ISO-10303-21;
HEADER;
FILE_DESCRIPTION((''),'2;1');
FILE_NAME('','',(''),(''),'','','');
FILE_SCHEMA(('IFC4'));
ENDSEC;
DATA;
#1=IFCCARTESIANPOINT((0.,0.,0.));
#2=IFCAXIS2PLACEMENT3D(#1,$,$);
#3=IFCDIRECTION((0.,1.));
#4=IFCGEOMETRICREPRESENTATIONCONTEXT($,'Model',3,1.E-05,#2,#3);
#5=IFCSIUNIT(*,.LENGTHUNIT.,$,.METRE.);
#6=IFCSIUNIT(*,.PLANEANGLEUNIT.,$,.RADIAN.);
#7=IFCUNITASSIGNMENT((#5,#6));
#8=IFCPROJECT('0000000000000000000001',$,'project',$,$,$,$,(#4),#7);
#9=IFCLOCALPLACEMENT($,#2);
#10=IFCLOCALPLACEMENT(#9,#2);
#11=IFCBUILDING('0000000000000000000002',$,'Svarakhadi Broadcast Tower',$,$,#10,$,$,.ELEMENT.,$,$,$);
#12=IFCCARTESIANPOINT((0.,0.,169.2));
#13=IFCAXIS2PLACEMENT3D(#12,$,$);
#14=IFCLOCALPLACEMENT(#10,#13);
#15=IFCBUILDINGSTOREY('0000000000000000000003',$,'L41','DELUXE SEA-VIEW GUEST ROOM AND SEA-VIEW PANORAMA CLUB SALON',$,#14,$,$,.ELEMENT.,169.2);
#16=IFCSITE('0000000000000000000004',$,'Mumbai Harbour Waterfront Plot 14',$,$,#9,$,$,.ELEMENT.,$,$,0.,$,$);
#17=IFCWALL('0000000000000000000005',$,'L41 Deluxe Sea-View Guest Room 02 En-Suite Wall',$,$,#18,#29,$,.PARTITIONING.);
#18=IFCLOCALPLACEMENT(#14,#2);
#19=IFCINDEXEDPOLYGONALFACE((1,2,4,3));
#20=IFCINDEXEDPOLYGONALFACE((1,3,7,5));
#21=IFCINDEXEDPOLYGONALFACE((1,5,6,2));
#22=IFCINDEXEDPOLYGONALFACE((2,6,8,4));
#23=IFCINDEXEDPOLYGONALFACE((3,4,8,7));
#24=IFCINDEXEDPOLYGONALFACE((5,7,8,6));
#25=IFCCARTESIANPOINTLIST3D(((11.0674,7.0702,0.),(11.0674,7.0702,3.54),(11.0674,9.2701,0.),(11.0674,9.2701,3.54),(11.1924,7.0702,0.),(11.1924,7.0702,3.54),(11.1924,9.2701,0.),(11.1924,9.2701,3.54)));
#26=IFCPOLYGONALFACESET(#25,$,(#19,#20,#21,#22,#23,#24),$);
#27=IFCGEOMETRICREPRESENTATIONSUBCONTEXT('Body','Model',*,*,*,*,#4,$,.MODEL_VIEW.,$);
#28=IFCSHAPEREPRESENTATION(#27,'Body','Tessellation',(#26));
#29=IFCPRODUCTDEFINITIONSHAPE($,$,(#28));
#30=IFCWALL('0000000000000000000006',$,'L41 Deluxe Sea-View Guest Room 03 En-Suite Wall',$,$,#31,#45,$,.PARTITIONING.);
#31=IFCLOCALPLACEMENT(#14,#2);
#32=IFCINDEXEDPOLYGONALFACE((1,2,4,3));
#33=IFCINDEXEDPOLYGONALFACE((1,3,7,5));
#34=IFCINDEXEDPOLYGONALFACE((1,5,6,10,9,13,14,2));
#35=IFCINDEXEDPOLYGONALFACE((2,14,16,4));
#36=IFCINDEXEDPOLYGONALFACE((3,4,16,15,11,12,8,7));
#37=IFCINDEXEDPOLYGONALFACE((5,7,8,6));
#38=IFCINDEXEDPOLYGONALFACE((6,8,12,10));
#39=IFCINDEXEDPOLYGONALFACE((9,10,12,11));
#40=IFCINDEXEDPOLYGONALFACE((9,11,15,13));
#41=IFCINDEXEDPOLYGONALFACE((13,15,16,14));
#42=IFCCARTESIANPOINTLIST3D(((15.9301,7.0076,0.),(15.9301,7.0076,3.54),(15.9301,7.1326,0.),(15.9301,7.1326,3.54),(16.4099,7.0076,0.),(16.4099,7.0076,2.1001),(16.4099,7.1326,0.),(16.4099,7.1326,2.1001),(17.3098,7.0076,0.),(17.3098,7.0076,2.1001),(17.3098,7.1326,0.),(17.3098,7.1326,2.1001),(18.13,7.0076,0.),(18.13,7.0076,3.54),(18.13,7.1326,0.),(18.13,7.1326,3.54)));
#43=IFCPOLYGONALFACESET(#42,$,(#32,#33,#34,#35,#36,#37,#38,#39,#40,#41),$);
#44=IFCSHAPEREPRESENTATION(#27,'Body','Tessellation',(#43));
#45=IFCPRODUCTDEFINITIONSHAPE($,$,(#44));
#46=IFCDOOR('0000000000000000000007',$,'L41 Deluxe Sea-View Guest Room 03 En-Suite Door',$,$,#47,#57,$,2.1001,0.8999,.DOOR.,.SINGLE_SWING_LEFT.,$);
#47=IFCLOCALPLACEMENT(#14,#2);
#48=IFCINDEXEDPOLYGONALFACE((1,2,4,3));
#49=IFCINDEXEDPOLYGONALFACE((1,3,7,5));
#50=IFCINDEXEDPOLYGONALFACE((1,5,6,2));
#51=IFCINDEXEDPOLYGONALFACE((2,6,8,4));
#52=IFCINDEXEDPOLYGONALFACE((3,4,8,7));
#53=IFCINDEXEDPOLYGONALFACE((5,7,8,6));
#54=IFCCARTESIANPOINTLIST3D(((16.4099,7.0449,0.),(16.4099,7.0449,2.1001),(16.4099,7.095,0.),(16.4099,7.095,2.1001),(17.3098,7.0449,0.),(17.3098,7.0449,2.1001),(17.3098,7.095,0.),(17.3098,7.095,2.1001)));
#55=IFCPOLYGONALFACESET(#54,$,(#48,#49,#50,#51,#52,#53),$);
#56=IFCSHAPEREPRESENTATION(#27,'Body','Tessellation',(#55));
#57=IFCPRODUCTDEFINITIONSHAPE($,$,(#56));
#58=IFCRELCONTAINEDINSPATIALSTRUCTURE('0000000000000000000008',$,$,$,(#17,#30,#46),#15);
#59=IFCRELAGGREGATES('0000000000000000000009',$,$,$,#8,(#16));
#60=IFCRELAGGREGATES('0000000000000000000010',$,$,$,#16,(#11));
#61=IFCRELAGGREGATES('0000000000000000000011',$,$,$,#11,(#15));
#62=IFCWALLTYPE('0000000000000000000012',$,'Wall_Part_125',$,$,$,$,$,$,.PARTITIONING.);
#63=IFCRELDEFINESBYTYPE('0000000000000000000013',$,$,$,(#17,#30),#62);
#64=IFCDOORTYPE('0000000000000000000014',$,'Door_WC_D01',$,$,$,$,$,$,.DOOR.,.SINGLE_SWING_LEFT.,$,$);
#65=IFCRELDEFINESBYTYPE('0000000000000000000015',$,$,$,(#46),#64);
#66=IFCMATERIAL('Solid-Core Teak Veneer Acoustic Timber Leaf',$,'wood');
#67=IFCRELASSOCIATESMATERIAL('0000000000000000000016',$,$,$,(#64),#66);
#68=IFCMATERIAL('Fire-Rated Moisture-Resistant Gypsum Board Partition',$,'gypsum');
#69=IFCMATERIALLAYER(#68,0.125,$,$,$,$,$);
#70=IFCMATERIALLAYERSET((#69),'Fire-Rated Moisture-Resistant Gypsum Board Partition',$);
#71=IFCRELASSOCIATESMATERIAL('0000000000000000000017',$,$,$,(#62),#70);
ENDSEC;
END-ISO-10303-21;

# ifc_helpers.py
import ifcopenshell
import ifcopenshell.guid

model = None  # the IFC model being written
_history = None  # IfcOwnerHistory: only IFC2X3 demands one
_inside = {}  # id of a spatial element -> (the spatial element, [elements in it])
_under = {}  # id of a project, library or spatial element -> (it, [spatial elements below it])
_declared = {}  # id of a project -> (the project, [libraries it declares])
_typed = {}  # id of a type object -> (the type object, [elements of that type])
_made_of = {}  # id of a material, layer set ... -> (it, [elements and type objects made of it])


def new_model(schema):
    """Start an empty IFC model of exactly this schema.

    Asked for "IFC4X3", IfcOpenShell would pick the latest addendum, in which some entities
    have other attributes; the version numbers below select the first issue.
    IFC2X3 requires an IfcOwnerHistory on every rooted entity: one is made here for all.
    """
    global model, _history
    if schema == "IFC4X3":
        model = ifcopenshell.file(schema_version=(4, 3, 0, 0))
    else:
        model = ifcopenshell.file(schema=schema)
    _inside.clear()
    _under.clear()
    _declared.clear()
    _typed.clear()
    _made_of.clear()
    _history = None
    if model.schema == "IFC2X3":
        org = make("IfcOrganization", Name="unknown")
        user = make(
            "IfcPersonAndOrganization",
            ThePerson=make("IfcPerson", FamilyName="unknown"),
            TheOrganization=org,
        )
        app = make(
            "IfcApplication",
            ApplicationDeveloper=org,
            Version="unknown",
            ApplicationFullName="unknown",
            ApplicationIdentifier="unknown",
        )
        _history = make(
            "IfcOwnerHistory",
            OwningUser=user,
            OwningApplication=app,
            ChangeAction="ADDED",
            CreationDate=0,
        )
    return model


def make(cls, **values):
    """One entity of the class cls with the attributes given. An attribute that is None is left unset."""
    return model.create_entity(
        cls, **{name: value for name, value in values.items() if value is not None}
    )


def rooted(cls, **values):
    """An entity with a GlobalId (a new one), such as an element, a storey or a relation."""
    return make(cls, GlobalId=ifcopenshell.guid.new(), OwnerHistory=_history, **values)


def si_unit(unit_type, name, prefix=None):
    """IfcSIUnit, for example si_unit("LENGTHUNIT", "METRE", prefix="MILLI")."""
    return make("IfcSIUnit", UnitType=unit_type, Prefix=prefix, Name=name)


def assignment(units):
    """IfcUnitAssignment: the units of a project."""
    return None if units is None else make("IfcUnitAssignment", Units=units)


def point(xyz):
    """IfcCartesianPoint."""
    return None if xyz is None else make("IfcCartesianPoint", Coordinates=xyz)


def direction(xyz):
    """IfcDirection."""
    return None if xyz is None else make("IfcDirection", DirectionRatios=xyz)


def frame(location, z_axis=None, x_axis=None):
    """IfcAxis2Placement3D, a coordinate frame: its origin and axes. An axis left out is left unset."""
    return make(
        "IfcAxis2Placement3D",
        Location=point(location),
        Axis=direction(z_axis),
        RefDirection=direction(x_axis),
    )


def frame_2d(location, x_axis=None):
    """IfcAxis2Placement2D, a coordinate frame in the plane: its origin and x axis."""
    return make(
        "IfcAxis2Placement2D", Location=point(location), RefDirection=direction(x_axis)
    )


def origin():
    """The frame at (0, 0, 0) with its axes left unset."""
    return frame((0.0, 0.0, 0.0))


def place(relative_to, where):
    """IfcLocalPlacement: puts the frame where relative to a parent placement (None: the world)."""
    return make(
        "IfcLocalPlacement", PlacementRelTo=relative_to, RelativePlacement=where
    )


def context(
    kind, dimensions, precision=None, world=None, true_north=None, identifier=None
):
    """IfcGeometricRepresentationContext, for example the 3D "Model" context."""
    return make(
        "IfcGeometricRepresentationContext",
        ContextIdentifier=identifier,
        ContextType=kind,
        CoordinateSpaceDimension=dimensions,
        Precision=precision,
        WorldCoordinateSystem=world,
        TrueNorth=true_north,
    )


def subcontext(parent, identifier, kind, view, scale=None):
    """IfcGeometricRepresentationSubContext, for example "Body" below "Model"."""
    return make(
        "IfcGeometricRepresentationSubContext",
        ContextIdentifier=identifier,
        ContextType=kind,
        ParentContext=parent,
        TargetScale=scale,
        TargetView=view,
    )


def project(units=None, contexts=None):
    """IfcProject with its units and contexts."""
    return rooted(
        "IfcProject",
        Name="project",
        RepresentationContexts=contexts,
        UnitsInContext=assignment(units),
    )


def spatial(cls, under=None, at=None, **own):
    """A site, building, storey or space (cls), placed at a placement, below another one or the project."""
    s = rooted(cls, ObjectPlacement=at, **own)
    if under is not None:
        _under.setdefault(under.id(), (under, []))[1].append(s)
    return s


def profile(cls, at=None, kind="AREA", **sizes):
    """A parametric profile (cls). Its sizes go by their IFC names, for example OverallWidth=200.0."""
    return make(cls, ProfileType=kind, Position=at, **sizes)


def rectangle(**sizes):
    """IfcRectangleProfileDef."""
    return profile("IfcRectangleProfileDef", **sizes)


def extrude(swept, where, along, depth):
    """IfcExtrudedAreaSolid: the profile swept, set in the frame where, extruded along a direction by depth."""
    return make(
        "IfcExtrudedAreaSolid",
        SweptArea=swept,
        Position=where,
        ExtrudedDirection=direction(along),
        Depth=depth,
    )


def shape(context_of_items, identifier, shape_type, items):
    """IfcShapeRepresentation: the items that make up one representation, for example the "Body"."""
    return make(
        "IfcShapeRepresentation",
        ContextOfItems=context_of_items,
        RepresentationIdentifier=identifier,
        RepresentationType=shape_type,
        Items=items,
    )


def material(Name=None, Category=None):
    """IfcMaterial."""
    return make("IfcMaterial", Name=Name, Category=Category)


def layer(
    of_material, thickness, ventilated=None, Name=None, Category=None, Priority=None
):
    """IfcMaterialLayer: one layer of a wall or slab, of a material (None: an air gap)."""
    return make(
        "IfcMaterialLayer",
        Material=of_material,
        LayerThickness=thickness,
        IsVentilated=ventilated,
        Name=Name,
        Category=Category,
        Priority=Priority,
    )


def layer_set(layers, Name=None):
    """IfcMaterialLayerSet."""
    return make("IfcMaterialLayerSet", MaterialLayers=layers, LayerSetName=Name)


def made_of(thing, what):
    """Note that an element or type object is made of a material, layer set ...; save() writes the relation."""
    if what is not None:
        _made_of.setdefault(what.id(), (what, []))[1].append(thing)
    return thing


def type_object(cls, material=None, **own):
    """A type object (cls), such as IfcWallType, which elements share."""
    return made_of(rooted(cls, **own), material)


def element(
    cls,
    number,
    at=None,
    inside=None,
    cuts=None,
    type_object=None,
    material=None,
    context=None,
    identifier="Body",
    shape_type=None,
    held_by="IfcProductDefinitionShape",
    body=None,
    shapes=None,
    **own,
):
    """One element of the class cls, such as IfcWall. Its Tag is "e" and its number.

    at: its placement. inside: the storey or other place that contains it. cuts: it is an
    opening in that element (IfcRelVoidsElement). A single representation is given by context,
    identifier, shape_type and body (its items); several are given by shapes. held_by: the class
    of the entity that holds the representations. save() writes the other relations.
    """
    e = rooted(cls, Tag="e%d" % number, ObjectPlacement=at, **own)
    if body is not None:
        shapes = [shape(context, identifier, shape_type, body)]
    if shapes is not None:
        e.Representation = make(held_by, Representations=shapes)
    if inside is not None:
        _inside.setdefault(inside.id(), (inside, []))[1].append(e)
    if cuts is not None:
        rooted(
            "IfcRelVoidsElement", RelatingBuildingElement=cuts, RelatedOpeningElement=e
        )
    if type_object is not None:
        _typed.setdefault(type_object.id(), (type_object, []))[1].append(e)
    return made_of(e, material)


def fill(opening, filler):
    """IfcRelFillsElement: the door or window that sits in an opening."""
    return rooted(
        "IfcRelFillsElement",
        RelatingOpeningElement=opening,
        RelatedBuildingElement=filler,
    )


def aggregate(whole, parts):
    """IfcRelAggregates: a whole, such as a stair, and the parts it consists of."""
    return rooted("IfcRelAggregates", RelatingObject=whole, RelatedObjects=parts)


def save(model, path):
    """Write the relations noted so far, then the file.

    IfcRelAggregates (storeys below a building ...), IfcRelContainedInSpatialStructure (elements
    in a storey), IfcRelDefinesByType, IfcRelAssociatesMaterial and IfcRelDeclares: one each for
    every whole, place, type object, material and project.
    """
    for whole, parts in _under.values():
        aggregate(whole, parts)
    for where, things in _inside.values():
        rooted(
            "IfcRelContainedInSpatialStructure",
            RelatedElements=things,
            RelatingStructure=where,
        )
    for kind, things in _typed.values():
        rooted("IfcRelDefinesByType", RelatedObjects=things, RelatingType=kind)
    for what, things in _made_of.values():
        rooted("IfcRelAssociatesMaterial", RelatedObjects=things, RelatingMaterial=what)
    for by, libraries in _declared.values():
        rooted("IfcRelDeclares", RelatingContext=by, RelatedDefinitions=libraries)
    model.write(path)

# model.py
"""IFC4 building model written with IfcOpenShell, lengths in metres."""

from ifc_helpers import new_model, si_unit, direction, frame, frame_2d, origin, place, context, subcontext, project, spatial, rectangle, extrude, material, layer, layer_set, type_object, element, fill, save


model = new_model("IFC4")

# Units and contexts
model_context = context("Model", 3, precision=1e-05, world=origin(), true_north=direction((0.0, 1.0)))
body_context = subcontext(model_context, "Body", "Model", "MODEL_VIEW")
ifc_project = project(units=[si_unit("LENGTHUNIT", "METRE"), si_unit("PLANEANGLEUNIT", "RADIAN")], contexts=[model_context])

# Site, building, storey
site_placement = place(None, origin())
site = spatial("IfcSite", under=ifc_project, at=site_placement, Name="Mumbai Harbour Waterfront Plot 14", CompositionType="ELEMENT", RefElevation=0.0)
building_placement = place(site_placement, origin())
building = spatial("IfcBuilding", under=site, at=building_placement, Name="Svarakhadi Broadcast Tower", CompositionType="ELEMENT")
storey_placement = place(building_placement, frame((0.0, 0.0, 169.2)))
storey = spatial("IfcBuildingStorey", under=building, at=storey_placement, Name="L41", Description="DELUXE SEA-VIEW GUEST ROOM AND SEA-VIEW PANORAMA CLUB SALON", CompositionType="ELEMENT", Elevation=169.2)

# Shared definitions
ifc_material_1 = material(Name="Solid-Core Teak Veneer Acoustic Timber Leaf", Category="wood")

# Shared definitions
door_type_1 = type_object("IfcDoorType", Name="Door_WC_D01", OperationType="SINGLE_SWING_LEFT", PredefinedType="DOOR", material=ifc_material_1)

# Shared definitions
ifc_material_2 = material(Name="Fire-Rated Moisture-Resistant Gypsum Board Partition", Category="gypsum")
ifc_layer_1 = layer(ifc_material_2, 0.125)
ifc_layer_set_1 = layer_set([ifc_layer_1], Name="Fire-Rated Moisture-Resistant Gypsum Board Partition")
wall_type_1 = type_object("IfcWallType", Name="Wall_Part_125", PredefinedType="PARTITIONING", material=ifc_layer_set_1)

# Wall
wall_1_placement = place(storey_placement, frame((11.1299, 7.0701, 0.0), z_axis=(0.0, 0.0, 1.0), x_axis=(0.0, 1.0, 0.0)))
element("IfcWall", 1, at=wall_1_placement, inside=storey, type_object=wall_type_1, Name="L41 Deluxe Sea-View Guest Room 02 En-Suite Wall", PredefinedType="PARTITIONING", context=body_context, shape_type="SweptSolid", body=[
    extrude(rectangle(XDim=2.2, YDim=0.125, at=frame_2d((1.1001, 0.0))), origin(), (0.0, 0.0, 1.0), 3.54),
])

# Wall, opening, door
wall_2_placement = place(storey_placement, frame((15.9299, 7.0701, 0.0), z_axis=(0.0, 0.0, 1.0), x_axis=(1.0, 0.0, 0.0)))
wall_2 = element("IfcWall", 2, at=wall_2_placement, inside=storey, type_object=wall_type_1, Name="L41 Deluxe Sea-View Guest Room 03 En-Suite Wall", PredefinedType="PARTITIONING", context=body_context, shape_type="SweptSolid", body=[
    extrude(rectangle(XDim=2.2, YDim=0.125, at=frame_2d((1.1001, 0.0))), origin(), (0.0, 0.0, 1.0), 3.54),
])
opening_1_placement = place(wall_2_placement, frame((0.48, 0.0, 0.0)))
opening_1 = element("IfcOpeningElement", 3, at=opening_1_placement, cuts=wall_2, PredefinedType="OPENING", context=body_context, shape_type="SweptSolid", body=[
    extrude(rectangle(XDim=0.8999, YDim=2.1001, at=frame_2d((0.45, 1.05))), frame((0.0, 0.0725, 0.0), z_axis=(0.0, -1.0, 0.0), x_axis=(1.0, 0.0, 0.0)), (0.0, 0.0, 1.0), 0.145),
])
door_1_placement = place(opening_1_placement, origin())
door_1 = element("IfcDoor", 4, at=door_1_placement, inside=storey, type_object=door_type_1, Name="L41 Deluxe Sea-View Guest Room 03 En-Suite Door", OperationType="SINGLE_SWING_LEFT", OverallHeight=2.1001, OverallWidth=0.8999, PredefinedType="DOOR", context=body_context, shape_type="SweptSolid", body=[
    extrude(rectangle(XDim=0.8999, YDim=2.1001, at=frame_2d((0.45, 1.05))), frame((0.0, 0.0249, 0.0), z_axis=(0.0, -1.0, 0.0), x_axis=(1.0, 0.0, 0.0)), (0.0, 0.0, 1.0), 0.05),
])
fill(opening_1, door_1)

save(model, "model.ifc")
